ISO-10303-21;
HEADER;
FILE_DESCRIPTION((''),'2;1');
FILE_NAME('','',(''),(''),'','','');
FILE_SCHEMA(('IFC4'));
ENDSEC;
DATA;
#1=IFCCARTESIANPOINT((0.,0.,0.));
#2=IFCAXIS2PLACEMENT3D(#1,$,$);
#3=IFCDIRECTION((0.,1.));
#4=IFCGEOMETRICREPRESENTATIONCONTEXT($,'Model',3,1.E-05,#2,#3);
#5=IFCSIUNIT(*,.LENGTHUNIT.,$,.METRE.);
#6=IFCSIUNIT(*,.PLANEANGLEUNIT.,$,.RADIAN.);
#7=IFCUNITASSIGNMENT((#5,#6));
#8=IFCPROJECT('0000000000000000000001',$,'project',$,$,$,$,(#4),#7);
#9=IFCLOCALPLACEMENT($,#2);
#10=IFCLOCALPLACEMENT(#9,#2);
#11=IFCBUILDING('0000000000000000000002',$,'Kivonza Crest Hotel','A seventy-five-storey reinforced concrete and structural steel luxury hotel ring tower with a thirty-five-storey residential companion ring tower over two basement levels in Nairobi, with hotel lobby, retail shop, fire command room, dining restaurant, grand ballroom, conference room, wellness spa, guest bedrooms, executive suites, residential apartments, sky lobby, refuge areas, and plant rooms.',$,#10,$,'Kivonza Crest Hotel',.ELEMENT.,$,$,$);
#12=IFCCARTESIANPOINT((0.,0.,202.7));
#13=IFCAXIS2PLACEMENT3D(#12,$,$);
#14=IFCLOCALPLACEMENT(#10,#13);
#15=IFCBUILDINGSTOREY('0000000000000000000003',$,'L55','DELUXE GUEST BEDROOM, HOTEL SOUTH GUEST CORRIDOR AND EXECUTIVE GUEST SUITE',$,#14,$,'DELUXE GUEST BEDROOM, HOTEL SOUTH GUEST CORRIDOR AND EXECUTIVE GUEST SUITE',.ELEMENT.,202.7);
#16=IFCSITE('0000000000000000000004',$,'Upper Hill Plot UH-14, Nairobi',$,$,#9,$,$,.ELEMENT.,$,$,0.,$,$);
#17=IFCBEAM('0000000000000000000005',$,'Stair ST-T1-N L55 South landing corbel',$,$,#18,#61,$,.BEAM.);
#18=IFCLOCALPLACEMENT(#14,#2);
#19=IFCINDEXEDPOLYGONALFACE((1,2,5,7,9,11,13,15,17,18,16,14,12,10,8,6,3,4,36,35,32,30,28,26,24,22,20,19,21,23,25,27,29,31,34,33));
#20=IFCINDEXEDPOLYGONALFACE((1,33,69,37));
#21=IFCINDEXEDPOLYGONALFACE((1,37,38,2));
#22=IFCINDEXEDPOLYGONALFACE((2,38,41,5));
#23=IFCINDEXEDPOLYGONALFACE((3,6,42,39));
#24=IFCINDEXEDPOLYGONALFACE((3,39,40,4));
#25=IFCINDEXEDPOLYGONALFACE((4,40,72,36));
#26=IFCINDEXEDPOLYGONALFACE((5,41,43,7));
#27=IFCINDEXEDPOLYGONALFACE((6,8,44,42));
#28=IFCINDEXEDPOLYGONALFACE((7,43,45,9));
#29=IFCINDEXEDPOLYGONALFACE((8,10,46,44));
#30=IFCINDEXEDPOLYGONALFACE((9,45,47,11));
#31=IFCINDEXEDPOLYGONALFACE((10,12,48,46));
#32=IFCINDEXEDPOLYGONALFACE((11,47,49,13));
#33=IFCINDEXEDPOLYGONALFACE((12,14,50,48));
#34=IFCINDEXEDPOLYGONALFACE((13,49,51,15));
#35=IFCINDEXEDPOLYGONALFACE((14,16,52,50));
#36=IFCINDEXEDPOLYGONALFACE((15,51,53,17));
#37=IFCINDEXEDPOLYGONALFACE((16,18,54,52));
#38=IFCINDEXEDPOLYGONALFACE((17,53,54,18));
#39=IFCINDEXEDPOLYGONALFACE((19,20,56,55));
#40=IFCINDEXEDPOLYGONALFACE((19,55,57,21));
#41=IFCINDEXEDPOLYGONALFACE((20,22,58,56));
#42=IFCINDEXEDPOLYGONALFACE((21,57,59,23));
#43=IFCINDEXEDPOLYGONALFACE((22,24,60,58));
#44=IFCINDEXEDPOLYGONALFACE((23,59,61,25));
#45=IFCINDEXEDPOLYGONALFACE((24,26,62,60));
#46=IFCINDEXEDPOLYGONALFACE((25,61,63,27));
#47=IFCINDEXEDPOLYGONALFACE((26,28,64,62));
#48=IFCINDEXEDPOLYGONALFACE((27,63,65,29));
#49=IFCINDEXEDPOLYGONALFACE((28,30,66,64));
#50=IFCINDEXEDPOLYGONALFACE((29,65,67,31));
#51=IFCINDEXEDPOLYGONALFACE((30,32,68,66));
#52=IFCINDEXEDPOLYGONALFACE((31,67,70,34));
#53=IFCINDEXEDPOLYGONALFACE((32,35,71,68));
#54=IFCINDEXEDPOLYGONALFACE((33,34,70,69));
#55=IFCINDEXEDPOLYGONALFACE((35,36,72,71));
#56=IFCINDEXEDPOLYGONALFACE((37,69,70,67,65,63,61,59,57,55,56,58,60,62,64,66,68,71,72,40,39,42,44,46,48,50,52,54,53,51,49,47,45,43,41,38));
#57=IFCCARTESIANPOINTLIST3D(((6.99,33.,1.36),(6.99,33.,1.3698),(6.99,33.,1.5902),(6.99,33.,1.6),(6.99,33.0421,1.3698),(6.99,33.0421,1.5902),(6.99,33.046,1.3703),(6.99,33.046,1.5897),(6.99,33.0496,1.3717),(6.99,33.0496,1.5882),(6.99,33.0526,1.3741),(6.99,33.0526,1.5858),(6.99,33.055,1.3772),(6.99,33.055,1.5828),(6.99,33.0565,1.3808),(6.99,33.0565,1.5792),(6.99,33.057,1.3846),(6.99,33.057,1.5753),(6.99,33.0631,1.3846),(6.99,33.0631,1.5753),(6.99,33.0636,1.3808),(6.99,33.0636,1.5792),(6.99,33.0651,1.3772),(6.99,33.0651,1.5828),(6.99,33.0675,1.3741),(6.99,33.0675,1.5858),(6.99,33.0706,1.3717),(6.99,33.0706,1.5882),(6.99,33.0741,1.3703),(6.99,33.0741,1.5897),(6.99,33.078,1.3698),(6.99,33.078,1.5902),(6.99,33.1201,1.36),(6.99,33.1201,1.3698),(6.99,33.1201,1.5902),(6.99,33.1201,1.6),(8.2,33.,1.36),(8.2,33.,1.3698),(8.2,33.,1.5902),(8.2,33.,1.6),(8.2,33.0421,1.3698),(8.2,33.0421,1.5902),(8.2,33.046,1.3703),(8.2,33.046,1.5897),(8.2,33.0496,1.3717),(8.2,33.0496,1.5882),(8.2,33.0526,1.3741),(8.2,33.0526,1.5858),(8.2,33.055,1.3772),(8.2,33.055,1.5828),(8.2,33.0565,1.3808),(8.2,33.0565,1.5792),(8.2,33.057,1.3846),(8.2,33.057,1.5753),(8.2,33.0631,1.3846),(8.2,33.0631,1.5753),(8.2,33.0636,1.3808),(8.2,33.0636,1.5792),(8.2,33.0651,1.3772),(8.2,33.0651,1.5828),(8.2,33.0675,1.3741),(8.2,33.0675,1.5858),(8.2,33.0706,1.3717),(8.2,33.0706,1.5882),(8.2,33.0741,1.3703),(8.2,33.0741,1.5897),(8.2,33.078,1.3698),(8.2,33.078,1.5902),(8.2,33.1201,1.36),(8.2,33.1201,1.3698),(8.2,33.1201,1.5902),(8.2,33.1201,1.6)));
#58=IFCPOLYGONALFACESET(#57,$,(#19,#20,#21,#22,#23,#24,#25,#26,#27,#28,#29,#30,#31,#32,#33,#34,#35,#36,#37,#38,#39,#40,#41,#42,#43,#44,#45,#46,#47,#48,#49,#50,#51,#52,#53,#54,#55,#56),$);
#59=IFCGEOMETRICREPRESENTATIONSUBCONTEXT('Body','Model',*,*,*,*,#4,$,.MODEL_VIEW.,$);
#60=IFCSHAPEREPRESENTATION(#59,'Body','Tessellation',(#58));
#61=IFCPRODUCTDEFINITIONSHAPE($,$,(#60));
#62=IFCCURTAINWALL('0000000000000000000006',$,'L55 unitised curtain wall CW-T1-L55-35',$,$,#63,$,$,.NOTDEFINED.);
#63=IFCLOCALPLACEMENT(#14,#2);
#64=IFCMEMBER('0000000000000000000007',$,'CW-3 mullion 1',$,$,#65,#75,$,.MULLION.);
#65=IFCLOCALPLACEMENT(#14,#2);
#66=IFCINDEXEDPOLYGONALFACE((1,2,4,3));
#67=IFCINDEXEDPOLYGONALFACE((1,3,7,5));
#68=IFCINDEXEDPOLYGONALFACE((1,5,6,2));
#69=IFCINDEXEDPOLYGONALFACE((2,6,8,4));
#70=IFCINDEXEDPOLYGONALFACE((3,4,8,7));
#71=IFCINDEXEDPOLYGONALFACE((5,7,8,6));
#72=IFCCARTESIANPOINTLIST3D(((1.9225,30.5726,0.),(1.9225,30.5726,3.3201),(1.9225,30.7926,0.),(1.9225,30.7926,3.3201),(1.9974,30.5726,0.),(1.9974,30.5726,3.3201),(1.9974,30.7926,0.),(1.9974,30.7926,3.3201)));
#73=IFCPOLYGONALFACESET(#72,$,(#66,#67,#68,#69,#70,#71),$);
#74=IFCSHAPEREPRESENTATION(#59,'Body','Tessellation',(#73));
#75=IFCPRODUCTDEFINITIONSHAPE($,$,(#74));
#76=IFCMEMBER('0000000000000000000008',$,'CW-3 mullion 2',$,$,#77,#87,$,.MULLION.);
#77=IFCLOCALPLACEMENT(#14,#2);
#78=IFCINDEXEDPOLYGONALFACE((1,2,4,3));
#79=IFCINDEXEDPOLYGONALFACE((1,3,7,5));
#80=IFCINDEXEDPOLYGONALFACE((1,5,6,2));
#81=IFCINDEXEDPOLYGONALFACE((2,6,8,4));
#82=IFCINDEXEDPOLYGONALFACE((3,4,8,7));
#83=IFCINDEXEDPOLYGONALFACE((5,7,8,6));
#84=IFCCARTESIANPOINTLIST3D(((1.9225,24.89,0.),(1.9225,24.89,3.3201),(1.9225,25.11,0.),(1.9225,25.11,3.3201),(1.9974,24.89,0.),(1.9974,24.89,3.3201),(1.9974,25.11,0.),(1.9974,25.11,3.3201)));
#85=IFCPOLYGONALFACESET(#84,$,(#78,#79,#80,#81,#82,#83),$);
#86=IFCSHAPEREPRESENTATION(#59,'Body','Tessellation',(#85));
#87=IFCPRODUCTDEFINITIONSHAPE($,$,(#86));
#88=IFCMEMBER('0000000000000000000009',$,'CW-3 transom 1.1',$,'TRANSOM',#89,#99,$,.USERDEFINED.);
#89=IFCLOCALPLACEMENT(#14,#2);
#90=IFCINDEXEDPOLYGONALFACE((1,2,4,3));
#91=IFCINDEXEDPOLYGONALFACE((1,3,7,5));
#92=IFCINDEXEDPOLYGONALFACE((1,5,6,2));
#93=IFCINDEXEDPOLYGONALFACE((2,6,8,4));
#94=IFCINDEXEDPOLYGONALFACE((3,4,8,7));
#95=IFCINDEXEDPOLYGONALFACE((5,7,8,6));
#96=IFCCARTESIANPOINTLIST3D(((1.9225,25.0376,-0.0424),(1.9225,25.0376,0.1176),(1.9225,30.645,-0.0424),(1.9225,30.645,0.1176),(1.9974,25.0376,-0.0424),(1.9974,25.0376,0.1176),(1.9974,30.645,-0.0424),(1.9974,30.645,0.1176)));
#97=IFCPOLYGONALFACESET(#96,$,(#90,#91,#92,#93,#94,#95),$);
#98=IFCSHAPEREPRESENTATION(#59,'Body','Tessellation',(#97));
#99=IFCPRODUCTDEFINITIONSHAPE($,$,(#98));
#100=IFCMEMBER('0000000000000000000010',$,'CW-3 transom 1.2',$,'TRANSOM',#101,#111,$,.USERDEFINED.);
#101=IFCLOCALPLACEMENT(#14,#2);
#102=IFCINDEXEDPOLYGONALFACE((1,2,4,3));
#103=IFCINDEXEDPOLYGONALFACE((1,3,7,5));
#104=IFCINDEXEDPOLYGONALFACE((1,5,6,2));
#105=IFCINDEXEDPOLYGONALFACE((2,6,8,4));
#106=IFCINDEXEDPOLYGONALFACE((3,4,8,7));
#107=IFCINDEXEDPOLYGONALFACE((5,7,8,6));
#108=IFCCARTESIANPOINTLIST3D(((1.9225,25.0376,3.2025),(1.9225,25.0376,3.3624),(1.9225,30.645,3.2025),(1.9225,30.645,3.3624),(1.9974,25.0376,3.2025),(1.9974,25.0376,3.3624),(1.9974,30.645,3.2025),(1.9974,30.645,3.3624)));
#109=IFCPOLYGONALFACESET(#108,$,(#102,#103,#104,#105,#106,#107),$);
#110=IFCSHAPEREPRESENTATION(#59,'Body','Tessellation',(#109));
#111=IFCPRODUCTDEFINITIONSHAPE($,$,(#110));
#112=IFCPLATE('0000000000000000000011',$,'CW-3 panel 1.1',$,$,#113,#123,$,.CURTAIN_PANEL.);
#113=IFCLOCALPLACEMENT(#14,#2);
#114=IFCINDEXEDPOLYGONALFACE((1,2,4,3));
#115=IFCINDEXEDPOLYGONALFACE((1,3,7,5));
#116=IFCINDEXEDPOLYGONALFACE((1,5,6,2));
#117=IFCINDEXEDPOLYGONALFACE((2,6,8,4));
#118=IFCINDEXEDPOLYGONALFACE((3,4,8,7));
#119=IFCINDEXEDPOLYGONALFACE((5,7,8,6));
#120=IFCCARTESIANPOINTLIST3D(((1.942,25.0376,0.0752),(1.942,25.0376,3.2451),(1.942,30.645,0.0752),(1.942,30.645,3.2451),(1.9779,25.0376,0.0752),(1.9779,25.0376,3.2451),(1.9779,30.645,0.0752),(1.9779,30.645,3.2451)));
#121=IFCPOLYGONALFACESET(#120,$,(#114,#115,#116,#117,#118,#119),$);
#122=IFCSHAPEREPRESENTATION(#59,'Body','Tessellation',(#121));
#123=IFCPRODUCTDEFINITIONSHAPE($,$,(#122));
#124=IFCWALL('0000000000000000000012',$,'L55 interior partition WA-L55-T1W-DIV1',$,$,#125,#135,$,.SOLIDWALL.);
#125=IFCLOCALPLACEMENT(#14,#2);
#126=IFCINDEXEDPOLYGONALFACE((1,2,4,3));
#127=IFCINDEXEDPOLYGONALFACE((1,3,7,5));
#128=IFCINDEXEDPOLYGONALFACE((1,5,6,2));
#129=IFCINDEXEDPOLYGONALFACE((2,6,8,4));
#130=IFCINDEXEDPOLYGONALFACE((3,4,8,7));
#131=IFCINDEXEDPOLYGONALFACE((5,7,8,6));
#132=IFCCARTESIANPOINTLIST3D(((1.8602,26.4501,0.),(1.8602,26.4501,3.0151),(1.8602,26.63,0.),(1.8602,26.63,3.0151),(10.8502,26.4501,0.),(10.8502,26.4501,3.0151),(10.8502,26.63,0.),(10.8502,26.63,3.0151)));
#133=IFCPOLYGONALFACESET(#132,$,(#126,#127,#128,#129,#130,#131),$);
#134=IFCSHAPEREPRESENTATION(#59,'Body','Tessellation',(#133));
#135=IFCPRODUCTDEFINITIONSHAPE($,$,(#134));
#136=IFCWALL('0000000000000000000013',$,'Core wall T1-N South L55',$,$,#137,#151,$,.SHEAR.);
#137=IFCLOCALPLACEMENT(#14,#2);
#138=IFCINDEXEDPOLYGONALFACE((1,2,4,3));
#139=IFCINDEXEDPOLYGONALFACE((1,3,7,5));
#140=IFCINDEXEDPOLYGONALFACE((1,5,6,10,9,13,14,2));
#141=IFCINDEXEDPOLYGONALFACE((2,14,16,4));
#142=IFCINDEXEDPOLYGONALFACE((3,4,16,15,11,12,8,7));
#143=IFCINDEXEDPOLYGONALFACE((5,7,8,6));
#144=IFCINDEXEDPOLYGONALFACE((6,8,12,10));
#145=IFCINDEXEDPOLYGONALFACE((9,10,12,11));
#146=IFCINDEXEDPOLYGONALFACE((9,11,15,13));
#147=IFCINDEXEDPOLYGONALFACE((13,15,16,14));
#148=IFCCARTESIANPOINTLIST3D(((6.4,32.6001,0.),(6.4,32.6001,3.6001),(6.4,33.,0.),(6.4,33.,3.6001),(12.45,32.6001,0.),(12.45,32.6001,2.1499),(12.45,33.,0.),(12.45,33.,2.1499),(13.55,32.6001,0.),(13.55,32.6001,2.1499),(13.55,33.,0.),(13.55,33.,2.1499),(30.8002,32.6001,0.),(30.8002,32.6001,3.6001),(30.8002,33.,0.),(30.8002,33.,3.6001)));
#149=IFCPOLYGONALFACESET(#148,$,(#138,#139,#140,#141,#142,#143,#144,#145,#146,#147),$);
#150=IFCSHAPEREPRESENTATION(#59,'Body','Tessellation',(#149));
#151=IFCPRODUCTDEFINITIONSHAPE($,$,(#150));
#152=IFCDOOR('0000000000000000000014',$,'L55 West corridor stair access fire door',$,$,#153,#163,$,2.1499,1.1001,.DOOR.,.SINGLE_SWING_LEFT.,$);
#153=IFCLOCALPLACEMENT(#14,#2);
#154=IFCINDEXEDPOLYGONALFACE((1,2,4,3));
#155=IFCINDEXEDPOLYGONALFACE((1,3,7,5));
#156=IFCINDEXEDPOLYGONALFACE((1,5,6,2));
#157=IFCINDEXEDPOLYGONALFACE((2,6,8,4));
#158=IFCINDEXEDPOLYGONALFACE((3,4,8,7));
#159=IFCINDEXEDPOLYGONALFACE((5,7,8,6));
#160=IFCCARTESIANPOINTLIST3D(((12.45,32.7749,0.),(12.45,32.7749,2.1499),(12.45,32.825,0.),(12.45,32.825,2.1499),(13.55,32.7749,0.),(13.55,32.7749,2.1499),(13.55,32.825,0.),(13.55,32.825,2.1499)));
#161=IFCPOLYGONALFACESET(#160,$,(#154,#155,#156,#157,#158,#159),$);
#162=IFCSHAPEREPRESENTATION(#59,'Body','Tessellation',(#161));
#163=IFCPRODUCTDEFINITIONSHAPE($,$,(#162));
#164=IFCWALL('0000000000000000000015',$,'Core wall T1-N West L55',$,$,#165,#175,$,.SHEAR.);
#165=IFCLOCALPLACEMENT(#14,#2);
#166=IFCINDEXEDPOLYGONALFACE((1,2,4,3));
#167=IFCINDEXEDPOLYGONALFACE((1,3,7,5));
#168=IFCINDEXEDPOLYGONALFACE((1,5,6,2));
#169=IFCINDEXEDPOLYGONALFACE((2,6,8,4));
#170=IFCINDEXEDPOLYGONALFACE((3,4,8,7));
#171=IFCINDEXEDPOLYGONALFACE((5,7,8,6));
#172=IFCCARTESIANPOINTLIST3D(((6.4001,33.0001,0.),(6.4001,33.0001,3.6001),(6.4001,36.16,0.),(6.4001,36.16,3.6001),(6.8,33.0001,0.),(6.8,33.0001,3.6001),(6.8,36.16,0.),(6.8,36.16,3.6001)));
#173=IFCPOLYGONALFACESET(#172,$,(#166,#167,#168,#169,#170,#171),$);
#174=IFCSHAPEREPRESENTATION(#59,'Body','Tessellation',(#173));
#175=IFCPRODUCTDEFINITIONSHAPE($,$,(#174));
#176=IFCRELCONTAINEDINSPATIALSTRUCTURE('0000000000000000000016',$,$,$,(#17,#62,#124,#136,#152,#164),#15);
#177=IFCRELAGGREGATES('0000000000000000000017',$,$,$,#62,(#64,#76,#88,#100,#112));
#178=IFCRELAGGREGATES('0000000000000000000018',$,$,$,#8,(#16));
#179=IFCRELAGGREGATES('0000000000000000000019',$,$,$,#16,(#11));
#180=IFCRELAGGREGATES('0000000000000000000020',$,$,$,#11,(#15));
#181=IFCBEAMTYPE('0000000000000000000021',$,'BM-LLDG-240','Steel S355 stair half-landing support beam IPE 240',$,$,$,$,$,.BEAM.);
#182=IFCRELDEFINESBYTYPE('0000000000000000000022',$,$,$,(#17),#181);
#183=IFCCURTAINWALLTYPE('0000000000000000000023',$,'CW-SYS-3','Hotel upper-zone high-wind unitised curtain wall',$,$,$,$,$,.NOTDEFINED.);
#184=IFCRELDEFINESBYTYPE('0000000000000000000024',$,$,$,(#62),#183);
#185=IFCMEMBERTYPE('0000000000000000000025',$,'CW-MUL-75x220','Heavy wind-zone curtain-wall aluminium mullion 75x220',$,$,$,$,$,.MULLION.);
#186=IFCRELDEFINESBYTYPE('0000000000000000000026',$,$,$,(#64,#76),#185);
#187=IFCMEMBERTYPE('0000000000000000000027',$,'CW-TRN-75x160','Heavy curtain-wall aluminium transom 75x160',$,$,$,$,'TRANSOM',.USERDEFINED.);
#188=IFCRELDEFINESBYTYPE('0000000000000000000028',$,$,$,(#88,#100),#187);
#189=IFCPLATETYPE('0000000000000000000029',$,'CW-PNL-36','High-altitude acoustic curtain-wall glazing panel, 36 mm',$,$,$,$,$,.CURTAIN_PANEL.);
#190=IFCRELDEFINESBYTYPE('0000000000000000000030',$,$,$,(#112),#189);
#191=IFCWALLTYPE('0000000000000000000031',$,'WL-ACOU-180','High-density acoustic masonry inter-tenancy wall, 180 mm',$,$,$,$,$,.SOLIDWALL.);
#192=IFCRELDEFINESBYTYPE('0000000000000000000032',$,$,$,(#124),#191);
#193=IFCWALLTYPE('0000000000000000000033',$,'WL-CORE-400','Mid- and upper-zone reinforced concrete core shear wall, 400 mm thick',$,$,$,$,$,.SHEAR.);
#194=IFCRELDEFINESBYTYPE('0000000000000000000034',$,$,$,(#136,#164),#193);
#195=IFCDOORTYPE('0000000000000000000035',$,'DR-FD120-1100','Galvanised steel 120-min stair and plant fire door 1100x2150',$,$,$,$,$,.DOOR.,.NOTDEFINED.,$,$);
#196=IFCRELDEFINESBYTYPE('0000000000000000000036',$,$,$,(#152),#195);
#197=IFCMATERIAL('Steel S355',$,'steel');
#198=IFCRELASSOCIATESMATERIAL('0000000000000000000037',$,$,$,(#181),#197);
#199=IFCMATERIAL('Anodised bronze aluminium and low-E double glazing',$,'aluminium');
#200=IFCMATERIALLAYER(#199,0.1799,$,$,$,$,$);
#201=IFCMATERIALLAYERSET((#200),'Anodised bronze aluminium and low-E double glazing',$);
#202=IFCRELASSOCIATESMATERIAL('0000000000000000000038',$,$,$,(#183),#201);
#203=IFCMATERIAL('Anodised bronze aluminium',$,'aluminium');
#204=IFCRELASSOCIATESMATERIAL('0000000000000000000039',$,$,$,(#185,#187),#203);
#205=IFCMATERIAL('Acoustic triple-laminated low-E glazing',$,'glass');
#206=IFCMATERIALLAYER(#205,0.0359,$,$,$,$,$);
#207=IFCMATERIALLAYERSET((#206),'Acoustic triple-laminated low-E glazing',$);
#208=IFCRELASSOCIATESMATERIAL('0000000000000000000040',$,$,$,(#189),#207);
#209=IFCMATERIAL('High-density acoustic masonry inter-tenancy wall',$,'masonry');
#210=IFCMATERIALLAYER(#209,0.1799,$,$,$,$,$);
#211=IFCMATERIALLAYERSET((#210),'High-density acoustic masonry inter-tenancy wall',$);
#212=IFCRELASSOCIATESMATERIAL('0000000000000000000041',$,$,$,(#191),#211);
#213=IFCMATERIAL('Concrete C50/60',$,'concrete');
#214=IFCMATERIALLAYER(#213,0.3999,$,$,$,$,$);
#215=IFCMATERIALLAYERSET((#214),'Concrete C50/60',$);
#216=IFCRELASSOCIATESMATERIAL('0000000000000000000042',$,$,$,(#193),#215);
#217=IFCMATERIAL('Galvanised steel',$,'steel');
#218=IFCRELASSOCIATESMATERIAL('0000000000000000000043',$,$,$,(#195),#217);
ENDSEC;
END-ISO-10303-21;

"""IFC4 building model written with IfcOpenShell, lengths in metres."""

from ifc_helpers import new_model, si_unit, direction, frame, frame_2d, origin, origin_2d, place, context, subcontext, project, spatial, rectangle, i_section, extrude, material, layer, layer_set, material_profile, profile_set, type_object, element, fill, aggregate, save


model = new_model("IFC4")

# Units and contexts
model_context = context("Model", 3, precision=1e-05, world=origin(), true_north=direction((0.0, 1.0)))
body_context = subcontext(model_context, "Body", "Model", "MODEL_VIEW")
ifc_project = project(units=[si_unit("LENGTHUNIT", "METRE"), si_unit("PLANEANGLEUNIT", "RADIAN")], contexts=[model_context])

# Site, building, storey
site_placement = place(None, origin())
site = spatial("IfcSite", under=ifc_project, at=site_placement, Name="Upper Hill Plot UH-14, Nairobi", CompositionType="ELEMENT", RefElevation=0.0)
building_placement = place(site_placement, origin())
building = spatial("IfcBuilding", under=site, at=building_placement, Name="Kivonza Crest Hotel", Description="A seventy-five-storey reinforced concrete and structural steel luxury hotel ring tower with a thirty-five-storey residential companion ring tower over two basement levels in Nairobi, with hotel lobby, retail shop, fire command room, dining restaurant, grand ballroom, conference room, wellness spa, guest bedrooms, executive suites, residential apartments, sky lobby, refuge areas, and plant rooms.", LongName="Kivonza Crest Hotel", CompositionType="ELEMENT")
storey_placement = place(building_placement, frame((0.0, 0.0, 202.7)))
storey = spatial("IfcBuildingStorey", under=building, at=storey_placement, Name="L55", Description="DELUXE GUEST BEDROOM, HOTEL SOUTH GUEST CORRIDOR AND EXECUTIVE GUEST SUITE", LongName="DELUXE GUEST BEDROOM, HOTEL SOUTH GUEST CORRIDOR AND EXECUTIVE GUEST SUITE", CompositionType="ELEMENT", Elevation=202.7)

# Shared definitions
ifc_material_1 = material(Name="Concrete C50/60", Category="concrete")

# Beam
ifc_material_2 = material(Name="Steel S355", Category="steel")
ifc_material_profile_1 = material_profile(ifc_material_2, i_section(OverallWidth=0.1201, OverallDepth=0.24, WebThickness=0.0061, FlangeThickness=0.0098, FilletRadius=0.0149, at=origin_2d()), Name="IPE 240")
ifc_profile_set_1 = profile_set([ifc_material_profile_1], Name="Steel S355")
beam_type_1 = type_object("IfcBeamType", Name="BM-LLDG-240", Description="Steel S355 stair half-landing support beam IPE 240", PredefinedType="BEAM", material=ifc_profile_set_1)
beam_1_placement = place(storey_placement, frame((6.99, 33.0601, 1.48), z_axis=(1.0, 0.0, 0.0), x_axis=(0.0, 1.0, 0.0)))
element("IfcBeam", 1, at=beam_1_placement, inside=storey, type_object=beam_type_1, Name="Stair ST-T1-N L55 South landing corbel", PredefinedType="BEAM", context=body_context, shape_type="SweptSolid", body=[
    extrude(i_section(OverallWidth=0.1201, OverallDepth=0.24, WebThickness=0.0061, FlangeThickness=0.0098, FilletRadius=0.0149, at=origin_2d()), origin(), (0.0, 0.0, 1.0), 1.21),
])

# Curtain wall, members, plate
ifc_material_3 = material(Name="Anodised bronze aluminium and low-E double glazing", Category="aluminium")
ifc_layer_1 = layer(ifc_material_3, 0.1799)
ifc_layer_set_1 = layer_set([ifc_layer_1], Name="Anodised bronze aluminium and low-E double glazing")
curtain_wall_type = type_object("IfcCurtainWallType", Name="CW-SYS-3", Description="Hotel upper-zone high-wind unitised curtain wall", PredefinedType="NOTDEFINED", material=ifc_layer_set_1)
curtain_wall_placement = place(storey_placement, origin())
curtain_wall = element("IfcCurtainWall", 2, at=curtain_wall_placement, inside=storey, type_object=curtain_wall_type, Name="L55 unitised curtain wall CW-T1-L55-35", PredefinedType="NOTDEFINED")
ifc_material_4 = material(Name="Anodised bronze aluminium", Category="aluminium")
ifc_material_profile_2 = material_profile(ifc_material_4, rectangle(XDim=0.075, YDim=0.22, at=origin_2d()), Name="CW-M 75x220")
ifc_profile_set_2 = profile_set([ifc_material_profile_2], Name="Anodised bronze aluminium")
member_type_1 = type_object("IfcMemberType", Name="CW-MUL-75x220", Description="Heavy wind-zone curtain-wall aluminium mullion 75x220", PredefinedType="MULLION", material=ifc_profile_set_2)
member_1_placement = place(storey_placement, frame((1.96, 30.6826, 0.0), z_axis=(0.0, 0.0, 1.0), x_axis=(1.0, 0.0, 0.0)))
member_1 = element("IfcMember", 3, at=member_1_placement, type_object=member_type_1, Name="CW-3 mullion 1", PredefinedType="MULLION", context=body_context, shape_type="SweptSolid", body=[
    extrude(rectangle(XDim=0.075, YDim=0.22, at=origin_2d()), origin(), (0.0, 0.0, 1.0), 3.3201),
])
member_2_placement = place(storey_placement, frame((1.96, 25.0, 0.0), z_axis=(0.0, 0.0, 1.0), x_axis=(1.0, 0.0, 0.0)))
member_2 = element("IfcMember", 4, at=member_2_placement, type_object=member_type_1, Name="CW-3 mullion 2", PredefinedType="MULLION", context=body_context, shape_type="SweptSolid", body=[
    extrude(rectangle(XDim=0.075, YDim=0.22, at=origin_2d()), origin(), (0.0, 0.0, 1.0), 3.3201),
])
ifc_material_profile_3 = material_profile(ifc_material_4, rectangle(XDim=0.075, YDim=0.1599, at=origin_2d()), Name="CW-T 75x160")
ifc_profile_set_3 = profile_set([ifc_material_profile_3], Name="Anodised bronze aluminium")
member_type_2 = type_object("IfcMemberType", Name="CW-TRN-75x160", Description="Heavy curtain-wall aluminium transom 75x160", ElementType="TRANSOM", PredefinedType="USERDEFINED", material=ifc_profile_set_3)
member_3_placement = place(storey_placement, frame((1.96, 30.645, 0.0376), z_axis=(0.0, -1.0, 0.0), x_axis=(1.0, 0.0, 0.0)))
member_3 = element("IfcMember", 5, at=member_3_placement, type_object=member_type_2, Name="CW-3 transom 1.1", ObjectType="TRANSOM", PredefinedType="USERDEFINED", context=body_context, shape_type="SweptSolid", body=[
    extrude(rectangle(XDim=0.075, YDim=0.1599, at=origin_2d()), origin(), (0.0, 0.0, 1.0), 5.6074),
])
member_4_placement = place(storey_placement, frame((1.96, 30.645, 3.2825), z_axis=(0.0, -1.0, 0.0), x_axis=(1.0, 0.0, 0.0)))
member_4 = element("IfcMember", 6, at=member_4_placement, type_object=member_type_2, Name="CW-3 transom 1.2", ObjectType="TRANSOM", PredefinedType="USERDEFINED", context=body_context, shape_type="SweptSolid", body=[
    extrude(rectangle(XDim=0.075, YDim=0.1599, at=origin_2d()), origin(), (0.0, 0.0, 1.0), 5.6074),
])
ifc_material_5 = material(Name="Acoustic triple-laminated low-E glazing", Category="glass")
ifc_layer_2 = layer(ifc_material_5, 0.0359)
ifc_layer_set_2 = layer_set([ifc_layer_2], Name="Acoustic triple-laminated low-E glazing")
plate_type = type_object("IfcPlateType", Name="CW-PNL-36", Description="High-altitude acoustic curtain-wall glazing panel, 36 mm", PredefinedType="CURTAIN_PANEL", material=ifc_layer_set_2)
plate_placement = place(storey_placement, frame((1.96, 27.8413, 0.0752), z_axis=(0.0, 0.0, 1.0), x_axis=(0.0, -1.0, 0.0)))
plate = element("IfcPlate", 7, at=plate_placement, type_object=plate_type, Name="CW-3 panel 1.1", PredefinedType="CURTAIN_PANEL", context=body_context, shape_type="SweptSolid", body=[
    extrude(rectangle(XDim=5.6074, YDim=0.0359, at=origin_2d()), origin(), (0.0, 0.0, 1.0), 3.1699),
])
aggregate(curtain_wall, [member_1, member_2, member_3, member_4, plate])

# Wall
ifc_material_6 = material(Name="High-density acoustic masonry inter-tenancy wall", Category="masonry")
ifc_layer_3 = layer(ifc_material_6, 0.1799)
ifc_layer_set_3 = layer_set([ifc_layer_3], Name="High-density acoustic masonry inter-tenancy wall")
wall_type_1 = type_object("IfcWallType", Name="WL-ACOU-180", Description="High-density acoustic masonry inter-tenancy wall, 180 mm", PredefinedType="SOLIDWALL", material=ifc_layer_set_3)
wall_1_placement = place(storey_placement, frame((1.8601, 26.54, 0.0), z_axis=(0.0, 0.0, 1.0), x_axis=(1.0, 0.0, 0.0)))
element("IfcWall", 8, at=wall_1_placement, inside=storey, type_object=wall_type_1, Name="L55 interior partition WA-L55-T1W-DIV1", PredefinedType="SOLIDWALL", context=body_context, shape_type="SweptSolid", body=[
    extrude(rectangle(XDim=8.99, YDim=0.1799, at=frame_2d((4.4951, 0.0))), origin(), (0.0, 0.0, 1.0), 3.0151),
])

# Wall, opening, door
ifc_layer_4 = layer(ifc_material_1, 0.3999)
ifc_layer_set_4 = layer_set([ifc_layer_4], Name="Concrete C50/60")
wall_type_2 = type_object("IfcWallType", Name="WL-CORE-400", Description="Mid- and upper-zone reinforced concrete core shear wall, 400 mm thick", PredefinedType="SHEAR", material=ifc_layer_set_4)
wall_2_placement = place(storey_placement, frame((6.3999, 32.8, 0.0), z_axis=(0.0, 0.0, 1.0), x_axis=(1.0, 0.0, 0.0)))
wall_2 = element("IfcWall", 9, at=wall_2_placement, inside=storey, type_object=wall_type_2, Name="Core wall T1-N South L55", PredefinedType="SHEAR", context=body_context, shape_type="SweptSolid", body=[
    extrude(rectangle(XDim=24.4001, YDim=0.3999, at=frame_2d((12.2002, 0.0))), origin(), (0.0, 0.0, 1.0), 3.6001),
])
opening_placement = place(wall_2_placement, frame((6.05, 0.0, 0.0)))
opening = element("IfcOpeningElement", 10, at=opening_placement, cuts=wall_2, PredefinedType="OPENING", context=body_context, shape_type="SweptSolid", body=[
    extrude(rectangle(XDim=1.1001, YDim=2.1499, at=frame_2d((0.55, 1.075))), frame((0.0, 0.21, 0.0), z_axis=(0.0, -1.0, 0.0), x_axis=(1.0, 0.0, 0.0)), (0.0, 0.0, 1.0), 0.4199),
])
ifc_material_7 = material(Name="Galvanised steel", Category="steel")
door_type = type_object("IfcDoorType", Name="DR-FD120-1100", Description="Galvanised steel 120-min stair and plant fire door 1100x2150", OperationType="NOTDEFINED", PredefinedType="DOOR", material=ifc_material_7)
door_placement = place(opening_placement, origin())
door = element("IfcDoor", 11, at=door_placement, inside=storey, type_object=door_type, Name="L55 West corridor stair access fire door", OperationType="SINGLE_SWING_LEFT", OverallHeight=2.1499, OverallWidth=1.1001, PredefinedType="DOOR", context=body_context, shape_type="SweptSolid", body=[
    extrude(rectangle(XDim=1.1001, YDim=2.1499, at=frame_2d((0.55, 1.075))), frame((0.0, 0.0249, 0.0), z_axis=(0.0, -1.0, 0.0), x_axis=(1.0, 0.0, 0.0)), (0.0, 0.0, 1.0), 0.05),
])
fill(opening, door)

# Wall
wall_3_placement = place(storey_placement, frame((6.6001, 33.0, 0.0), z_axis=(0.0, 0.0, 1.0), x_axis=(0.0, 1.0, 0.0)))
element("IfcWall", 12, at=wall_3_placement, inside=storey, type_object=wall_type_2, Name="Core wall T1-N West L55", PredefinedType="SHEAR", context=body_context, shape_type="SweptSolid", body=[
    extrude(rectangle(XDim=3.1599, YDim=0.3999, at=frame_2d((1.5801, 0.0))), origin(), (0.0, 0.0, 1.0), 3.6001),
])

save(model, "model.ifc")
